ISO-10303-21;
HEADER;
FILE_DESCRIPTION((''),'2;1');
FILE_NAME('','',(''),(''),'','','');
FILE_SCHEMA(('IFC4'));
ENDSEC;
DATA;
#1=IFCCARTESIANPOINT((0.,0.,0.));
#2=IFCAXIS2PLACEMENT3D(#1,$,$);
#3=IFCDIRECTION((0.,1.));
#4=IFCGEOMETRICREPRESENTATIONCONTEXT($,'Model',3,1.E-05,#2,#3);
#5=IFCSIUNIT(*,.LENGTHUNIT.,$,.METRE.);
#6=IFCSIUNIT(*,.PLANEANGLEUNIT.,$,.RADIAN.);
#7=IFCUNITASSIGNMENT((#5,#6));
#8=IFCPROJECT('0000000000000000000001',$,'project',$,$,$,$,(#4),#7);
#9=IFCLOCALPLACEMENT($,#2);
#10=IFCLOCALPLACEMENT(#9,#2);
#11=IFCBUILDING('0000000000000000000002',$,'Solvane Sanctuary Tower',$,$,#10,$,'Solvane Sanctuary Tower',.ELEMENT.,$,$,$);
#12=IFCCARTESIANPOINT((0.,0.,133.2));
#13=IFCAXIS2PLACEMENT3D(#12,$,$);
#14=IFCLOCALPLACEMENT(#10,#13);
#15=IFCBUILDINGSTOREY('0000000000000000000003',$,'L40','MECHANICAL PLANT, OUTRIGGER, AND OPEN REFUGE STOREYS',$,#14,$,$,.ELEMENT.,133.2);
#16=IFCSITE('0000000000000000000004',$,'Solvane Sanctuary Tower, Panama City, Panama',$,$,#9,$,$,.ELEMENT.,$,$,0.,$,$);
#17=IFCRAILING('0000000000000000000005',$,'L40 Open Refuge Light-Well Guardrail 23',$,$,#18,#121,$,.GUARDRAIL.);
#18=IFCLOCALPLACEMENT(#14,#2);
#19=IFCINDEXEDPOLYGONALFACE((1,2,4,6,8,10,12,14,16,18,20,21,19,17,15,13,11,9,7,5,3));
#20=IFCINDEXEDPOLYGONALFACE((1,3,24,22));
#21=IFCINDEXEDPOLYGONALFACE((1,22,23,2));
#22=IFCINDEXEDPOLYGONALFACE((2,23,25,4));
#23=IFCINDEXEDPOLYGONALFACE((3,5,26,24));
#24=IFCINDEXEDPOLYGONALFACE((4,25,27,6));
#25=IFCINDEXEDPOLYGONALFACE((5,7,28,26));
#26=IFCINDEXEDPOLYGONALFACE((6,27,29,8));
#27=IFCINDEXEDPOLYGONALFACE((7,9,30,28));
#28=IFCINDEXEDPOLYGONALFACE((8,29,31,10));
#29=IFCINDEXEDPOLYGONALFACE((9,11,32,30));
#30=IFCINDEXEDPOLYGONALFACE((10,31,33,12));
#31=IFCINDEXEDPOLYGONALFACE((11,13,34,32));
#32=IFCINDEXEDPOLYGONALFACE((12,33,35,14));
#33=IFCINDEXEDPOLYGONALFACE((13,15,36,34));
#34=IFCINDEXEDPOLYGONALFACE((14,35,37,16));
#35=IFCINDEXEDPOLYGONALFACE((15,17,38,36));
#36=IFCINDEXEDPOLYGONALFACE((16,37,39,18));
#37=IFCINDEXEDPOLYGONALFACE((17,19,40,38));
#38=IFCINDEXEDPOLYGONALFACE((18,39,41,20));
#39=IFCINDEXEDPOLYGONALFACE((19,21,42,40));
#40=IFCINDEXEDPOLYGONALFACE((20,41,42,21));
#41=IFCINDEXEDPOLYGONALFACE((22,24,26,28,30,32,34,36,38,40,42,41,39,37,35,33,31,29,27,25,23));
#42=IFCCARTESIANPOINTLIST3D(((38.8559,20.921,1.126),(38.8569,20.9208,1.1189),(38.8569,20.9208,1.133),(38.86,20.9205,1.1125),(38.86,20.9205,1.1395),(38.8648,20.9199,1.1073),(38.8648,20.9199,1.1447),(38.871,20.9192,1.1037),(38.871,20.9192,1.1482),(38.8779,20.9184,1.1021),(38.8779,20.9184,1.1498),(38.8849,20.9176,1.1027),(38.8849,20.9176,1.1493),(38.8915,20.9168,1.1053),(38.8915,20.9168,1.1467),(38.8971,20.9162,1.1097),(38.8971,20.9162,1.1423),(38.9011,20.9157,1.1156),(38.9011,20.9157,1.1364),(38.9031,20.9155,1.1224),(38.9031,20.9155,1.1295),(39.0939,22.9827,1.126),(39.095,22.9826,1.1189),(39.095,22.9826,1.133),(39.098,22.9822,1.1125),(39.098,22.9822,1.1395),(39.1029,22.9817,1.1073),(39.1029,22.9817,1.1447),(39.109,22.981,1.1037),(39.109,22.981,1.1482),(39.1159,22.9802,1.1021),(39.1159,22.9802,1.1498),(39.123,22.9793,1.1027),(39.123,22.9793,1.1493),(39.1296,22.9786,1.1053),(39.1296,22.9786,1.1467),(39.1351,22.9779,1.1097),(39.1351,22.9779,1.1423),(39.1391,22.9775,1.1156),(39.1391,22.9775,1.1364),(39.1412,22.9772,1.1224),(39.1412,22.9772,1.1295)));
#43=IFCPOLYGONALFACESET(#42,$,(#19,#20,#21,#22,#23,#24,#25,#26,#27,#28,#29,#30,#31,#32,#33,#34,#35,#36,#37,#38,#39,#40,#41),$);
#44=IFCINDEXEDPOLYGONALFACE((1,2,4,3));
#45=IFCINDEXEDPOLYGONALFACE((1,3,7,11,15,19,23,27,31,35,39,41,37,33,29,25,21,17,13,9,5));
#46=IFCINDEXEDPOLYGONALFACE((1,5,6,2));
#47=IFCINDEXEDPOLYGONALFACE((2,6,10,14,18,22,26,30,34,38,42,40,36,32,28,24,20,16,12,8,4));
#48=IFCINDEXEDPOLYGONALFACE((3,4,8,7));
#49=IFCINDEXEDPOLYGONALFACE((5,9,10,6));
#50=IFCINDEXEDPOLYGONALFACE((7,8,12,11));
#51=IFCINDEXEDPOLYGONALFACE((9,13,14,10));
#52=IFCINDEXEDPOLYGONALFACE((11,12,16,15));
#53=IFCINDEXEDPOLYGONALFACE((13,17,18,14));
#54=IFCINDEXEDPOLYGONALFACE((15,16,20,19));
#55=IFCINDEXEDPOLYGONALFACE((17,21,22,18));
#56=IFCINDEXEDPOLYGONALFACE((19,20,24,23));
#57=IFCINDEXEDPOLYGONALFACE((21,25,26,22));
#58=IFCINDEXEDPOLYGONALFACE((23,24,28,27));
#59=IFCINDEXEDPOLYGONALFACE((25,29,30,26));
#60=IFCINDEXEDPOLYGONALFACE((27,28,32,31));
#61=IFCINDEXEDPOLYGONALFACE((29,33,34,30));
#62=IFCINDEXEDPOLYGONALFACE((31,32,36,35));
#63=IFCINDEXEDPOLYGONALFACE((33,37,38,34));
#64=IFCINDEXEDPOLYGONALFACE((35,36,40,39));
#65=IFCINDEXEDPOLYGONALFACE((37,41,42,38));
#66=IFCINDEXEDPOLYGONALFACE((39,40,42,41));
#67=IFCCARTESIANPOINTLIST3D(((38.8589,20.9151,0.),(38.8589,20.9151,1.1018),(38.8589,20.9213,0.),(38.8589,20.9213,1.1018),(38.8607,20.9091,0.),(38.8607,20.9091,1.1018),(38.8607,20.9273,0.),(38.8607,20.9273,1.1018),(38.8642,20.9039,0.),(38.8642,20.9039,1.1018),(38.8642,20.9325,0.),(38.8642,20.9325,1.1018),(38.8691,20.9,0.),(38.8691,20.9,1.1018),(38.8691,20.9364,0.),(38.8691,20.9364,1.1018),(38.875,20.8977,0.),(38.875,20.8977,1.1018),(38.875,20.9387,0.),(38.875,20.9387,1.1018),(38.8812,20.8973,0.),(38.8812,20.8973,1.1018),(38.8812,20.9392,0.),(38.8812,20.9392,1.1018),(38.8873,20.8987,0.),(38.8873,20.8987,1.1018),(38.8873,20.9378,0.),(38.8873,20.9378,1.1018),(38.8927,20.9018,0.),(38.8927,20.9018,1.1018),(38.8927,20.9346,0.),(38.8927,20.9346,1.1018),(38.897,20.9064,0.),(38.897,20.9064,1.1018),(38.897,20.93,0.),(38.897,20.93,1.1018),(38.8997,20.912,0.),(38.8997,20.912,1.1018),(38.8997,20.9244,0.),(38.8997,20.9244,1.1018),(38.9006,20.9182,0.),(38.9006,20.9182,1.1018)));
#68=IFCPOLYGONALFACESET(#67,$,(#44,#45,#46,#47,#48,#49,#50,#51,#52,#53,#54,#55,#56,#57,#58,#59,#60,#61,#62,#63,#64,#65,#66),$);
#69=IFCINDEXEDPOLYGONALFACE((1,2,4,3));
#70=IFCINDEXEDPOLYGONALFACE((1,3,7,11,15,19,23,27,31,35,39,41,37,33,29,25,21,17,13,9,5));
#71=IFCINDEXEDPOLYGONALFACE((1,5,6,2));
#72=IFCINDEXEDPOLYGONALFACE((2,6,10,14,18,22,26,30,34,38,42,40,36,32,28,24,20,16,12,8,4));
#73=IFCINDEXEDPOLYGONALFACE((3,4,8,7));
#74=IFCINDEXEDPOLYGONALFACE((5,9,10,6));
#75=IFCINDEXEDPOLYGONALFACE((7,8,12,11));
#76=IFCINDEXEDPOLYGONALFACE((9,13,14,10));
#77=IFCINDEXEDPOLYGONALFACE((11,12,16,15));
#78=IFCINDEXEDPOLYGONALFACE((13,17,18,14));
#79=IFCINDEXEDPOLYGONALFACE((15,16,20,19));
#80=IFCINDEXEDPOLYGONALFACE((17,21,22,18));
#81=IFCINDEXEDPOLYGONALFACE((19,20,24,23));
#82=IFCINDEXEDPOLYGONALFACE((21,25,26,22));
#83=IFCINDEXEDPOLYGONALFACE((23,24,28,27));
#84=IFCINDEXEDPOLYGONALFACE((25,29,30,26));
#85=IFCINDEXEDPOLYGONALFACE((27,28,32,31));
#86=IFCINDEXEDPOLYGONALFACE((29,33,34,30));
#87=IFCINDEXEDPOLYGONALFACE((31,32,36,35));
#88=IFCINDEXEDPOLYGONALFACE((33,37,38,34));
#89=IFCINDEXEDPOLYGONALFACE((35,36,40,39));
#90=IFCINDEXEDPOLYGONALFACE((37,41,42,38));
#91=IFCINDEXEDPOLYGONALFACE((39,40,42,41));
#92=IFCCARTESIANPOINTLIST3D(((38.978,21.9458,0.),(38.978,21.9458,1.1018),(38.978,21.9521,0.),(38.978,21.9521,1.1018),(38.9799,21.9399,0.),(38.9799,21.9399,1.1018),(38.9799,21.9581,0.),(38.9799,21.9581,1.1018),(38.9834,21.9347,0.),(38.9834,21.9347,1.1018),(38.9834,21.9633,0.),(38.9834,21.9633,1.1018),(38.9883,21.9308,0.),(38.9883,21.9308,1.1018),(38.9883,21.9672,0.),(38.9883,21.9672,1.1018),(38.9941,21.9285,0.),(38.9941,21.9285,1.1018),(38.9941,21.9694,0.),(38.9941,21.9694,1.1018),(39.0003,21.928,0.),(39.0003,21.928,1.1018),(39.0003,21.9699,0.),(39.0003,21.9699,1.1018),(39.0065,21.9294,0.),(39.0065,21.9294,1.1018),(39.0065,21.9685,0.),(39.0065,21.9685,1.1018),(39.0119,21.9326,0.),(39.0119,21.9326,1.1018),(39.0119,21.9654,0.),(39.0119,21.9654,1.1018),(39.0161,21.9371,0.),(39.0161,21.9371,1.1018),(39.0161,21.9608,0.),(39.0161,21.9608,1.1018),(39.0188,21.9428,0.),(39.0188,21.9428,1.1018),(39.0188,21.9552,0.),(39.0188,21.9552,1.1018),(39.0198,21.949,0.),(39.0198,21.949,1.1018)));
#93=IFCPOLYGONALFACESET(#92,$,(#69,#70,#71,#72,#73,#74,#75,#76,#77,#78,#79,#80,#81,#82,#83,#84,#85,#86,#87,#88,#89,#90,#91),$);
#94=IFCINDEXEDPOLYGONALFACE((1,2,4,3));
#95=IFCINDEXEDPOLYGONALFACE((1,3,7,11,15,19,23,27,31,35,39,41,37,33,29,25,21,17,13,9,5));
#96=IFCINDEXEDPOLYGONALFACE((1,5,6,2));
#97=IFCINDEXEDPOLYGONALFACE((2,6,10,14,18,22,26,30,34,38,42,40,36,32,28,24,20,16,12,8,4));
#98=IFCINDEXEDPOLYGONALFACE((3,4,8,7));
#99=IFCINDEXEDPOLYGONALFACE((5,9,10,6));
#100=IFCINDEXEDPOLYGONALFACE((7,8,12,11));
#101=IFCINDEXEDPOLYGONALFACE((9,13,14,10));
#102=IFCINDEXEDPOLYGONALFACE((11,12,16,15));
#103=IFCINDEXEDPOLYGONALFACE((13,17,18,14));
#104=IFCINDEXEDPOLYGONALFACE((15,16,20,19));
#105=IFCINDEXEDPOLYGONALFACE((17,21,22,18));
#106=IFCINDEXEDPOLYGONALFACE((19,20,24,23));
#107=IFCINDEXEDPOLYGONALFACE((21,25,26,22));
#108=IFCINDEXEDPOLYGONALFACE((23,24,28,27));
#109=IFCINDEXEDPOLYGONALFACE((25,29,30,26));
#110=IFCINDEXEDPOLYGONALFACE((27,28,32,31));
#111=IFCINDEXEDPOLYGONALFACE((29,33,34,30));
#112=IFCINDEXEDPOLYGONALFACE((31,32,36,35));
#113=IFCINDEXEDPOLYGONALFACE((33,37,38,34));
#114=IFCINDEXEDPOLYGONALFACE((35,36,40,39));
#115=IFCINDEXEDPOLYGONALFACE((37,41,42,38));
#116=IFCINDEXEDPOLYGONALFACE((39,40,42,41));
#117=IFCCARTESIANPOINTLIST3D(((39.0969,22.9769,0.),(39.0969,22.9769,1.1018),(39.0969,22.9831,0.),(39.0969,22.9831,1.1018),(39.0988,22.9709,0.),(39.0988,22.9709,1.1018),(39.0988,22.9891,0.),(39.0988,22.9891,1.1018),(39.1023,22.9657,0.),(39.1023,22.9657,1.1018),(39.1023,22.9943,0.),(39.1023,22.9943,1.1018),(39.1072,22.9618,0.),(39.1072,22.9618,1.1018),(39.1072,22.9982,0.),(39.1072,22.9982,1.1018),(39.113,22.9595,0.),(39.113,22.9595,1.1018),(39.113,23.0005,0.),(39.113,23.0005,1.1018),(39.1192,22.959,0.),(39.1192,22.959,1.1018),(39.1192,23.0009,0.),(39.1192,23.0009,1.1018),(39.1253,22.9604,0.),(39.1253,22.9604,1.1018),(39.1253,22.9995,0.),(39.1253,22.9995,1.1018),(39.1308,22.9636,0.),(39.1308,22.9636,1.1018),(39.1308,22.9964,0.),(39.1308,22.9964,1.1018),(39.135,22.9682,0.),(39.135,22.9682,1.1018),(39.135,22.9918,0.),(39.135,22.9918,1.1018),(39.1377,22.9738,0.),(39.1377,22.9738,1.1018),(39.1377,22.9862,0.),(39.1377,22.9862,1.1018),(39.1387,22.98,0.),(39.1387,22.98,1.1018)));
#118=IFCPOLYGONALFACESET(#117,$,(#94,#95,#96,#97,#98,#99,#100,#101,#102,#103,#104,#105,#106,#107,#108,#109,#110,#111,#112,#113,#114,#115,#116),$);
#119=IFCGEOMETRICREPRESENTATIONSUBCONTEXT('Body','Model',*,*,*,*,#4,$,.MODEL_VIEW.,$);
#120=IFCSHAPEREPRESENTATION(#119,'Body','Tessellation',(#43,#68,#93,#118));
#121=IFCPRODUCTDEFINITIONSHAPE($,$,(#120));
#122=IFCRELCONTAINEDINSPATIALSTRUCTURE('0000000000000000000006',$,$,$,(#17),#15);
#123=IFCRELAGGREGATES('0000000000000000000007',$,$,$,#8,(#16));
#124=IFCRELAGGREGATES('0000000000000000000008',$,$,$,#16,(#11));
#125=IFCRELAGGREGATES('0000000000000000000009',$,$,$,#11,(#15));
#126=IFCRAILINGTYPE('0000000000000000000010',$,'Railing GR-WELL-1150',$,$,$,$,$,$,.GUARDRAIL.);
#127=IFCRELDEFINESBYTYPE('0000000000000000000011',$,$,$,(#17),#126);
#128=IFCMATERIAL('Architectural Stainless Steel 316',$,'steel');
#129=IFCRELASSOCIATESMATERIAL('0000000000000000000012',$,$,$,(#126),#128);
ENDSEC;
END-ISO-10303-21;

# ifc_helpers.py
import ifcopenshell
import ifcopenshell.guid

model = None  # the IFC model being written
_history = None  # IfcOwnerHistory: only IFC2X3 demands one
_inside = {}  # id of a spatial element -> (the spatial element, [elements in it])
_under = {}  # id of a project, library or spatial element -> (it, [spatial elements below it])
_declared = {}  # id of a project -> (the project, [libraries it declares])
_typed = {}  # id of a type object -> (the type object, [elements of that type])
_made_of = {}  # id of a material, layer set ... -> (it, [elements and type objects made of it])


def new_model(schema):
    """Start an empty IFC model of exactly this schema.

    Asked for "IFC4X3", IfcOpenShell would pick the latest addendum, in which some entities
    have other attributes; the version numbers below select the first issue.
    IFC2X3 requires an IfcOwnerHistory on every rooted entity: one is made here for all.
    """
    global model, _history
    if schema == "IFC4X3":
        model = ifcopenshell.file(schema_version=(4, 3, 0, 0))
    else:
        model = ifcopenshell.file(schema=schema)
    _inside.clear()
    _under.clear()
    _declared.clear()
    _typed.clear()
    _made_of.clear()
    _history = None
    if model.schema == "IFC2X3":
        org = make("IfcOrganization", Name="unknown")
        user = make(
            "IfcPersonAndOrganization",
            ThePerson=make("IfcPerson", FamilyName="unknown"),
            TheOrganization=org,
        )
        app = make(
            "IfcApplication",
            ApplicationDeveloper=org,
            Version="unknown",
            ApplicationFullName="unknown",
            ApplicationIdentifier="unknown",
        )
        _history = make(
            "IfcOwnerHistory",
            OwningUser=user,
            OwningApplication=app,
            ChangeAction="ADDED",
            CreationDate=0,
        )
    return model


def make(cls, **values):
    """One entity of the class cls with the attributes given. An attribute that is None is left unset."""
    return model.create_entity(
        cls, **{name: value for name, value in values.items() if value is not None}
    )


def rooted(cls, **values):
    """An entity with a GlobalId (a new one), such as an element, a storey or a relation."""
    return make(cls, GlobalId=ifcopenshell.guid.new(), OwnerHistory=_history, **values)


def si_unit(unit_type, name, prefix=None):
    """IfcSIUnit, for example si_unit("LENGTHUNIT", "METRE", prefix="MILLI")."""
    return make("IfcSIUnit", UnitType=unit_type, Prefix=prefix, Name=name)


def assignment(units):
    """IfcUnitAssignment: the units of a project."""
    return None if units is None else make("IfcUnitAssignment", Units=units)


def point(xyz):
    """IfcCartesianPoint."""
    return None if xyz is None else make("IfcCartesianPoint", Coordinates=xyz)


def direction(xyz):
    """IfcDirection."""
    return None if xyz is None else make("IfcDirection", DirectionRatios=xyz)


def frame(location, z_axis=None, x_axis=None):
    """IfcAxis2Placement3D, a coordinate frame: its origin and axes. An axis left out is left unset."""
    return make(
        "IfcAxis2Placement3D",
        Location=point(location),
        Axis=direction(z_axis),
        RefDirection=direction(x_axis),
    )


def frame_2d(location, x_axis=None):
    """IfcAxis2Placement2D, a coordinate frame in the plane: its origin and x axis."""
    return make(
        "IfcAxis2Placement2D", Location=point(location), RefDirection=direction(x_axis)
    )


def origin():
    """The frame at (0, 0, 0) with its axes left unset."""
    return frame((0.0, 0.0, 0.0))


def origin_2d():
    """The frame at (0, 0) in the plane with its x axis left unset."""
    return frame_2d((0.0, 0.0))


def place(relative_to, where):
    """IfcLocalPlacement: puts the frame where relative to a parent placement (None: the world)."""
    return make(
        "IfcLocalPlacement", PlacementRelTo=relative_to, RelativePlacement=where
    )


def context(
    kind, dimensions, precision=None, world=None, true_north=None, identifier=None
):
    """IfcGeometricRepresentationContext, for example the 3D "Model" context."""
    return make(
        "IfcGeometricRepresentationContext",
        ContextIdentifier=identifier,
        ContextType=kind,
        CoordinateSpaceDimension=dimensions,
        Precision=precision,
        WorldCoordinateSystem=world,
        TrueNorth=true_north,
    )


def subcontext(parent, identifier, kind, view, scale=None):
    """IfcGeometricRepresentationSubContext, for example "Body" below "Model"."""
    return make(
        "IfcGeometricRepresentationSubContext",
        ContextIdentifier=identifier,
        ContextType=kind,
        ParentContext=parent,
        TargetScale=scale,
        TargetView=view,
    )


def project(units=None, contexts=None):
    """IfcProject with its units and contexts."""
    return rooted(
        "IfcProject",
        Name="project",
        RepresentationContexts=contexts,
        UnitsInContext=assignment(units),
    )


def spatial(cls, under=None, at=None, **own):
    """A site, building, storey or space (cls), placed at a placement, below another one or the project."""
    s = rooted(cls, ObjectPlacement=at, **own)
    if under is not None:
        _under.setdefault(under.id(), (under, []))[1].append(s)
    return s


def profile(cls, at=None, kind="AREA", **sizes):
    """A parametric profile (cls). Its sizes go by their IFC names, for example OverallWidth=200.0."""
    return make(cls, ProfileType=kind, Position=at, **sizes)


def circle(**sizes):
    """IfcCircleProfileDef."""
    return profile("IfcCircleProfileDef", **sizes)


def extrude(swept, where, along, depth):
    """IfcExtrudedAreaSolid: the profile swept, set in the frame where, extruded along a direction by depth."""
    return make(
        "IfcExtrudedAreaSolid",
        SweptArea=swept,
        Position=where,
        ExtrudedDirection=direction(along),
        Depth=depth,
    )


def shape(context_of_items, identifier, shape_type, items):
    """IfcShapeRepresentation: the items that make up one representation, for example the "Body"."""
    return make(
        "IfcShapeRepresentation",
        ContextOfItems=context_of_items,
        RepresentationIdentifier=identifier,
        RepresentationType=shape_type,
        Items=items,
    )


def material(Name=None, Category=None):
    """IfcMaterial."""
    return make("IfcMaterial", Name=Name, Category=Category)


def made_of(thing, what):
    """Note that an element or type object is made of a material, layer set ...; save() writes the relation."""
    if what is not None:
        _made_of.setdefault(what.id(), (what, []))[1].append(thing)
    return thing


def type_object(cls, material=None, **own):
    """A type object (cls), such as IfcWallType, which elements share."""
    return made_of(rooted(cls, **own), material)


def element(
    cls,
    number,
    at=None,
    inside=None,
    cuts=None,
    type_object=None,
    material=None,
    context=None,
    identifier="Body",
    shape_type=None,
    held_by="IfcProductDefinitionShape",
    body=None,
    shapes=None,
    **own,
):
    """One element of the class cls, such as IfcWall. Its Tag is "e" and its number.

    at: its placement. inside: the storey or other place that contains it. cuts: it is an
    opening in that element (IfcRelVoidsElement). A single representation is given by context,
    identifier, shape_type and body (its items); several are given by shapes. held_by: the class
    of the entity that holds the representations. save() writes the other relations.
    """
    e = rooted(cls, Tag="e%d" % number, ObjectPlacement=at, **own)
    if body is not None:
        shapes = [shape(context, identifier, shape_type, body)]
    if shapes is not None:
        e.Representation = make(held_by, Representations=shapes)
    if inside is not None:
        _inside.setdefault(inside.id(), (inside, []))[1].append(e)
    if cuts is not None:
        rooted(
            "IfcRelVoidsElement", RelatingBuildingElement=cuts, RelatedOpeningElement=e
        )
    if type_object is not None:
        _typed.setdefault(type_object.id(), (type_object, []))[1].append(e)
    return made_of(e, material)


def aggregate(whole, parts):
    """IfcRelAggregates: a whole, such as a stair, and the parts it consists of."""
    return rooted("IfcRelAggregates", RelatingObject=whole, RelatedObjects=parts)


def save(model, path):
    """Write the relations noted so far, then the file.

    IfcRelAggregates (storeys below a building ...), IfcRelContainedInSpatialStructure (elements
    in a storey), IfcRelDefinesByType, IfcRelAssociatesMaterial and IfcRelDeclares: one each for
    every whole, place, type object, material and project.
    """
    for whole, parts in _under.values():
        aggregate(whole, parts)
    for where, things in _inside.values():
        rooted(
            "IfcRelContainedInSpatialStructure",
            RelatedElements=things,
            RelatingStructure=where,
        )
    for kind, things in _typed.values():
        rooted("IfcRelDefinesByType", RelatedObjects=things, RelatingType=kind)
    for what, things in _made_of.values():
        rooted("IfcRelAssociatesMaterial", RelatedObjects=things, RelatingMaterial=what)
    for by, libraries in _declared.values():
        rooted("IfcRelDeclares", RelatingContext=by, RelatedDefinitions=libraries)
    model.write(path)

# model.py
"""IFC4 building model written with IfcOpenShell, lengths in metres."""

from ifc_helpers import new_model, si_unit, direction, frame, origin, origin_2d, place, context, subcontext, project, spatial, circle, extrude, material, type_object, element, save


model = new_model("IFC4")

# Units and contexts
model_context = context("Model", 3, precision=1e-05, world=origin(), true_north=direction((0.0, 1.0)))
body_context = subcontext(model_context, "Body", "Model", "MODEL_VIEW")
ifc_project = project(units=[si_unit("LENGTHUNIT", "METRE"), si_unit("PLANEANGLEUNIT", "RADIAN")], contexts=[model_context])

# Site, building, storey
site_placement = place(None, origin())
site = spatial("IfcSite", under=ifc_project, at=site_placement, Name="Solvane Sanctuary Tower, Panama City, Panama", CompositionType="ELEMENT", RefElevation=0.0)
building_placement = place(site_placement, origin())
building = spatial("IfcBuilding", under=site, at=building_placement, Name="Solvane Sanctuary Tower", LongName="Solvane Sanctuary Tower", CompositionType="ELEMENT")
storey_placement = place(building_placement, frame((0.0, 0.0, 133.2)))
storey = spatial("IfcBuildingStorey", under=building, at=storey_placement, Name="L40", Description="MECHANICAL PLANT, OUTRIGGER, AND OPEN REFUGE STOREYS", CompositionType="ELEMENT", Elevation=133.2)

# Shared definitions
ifc_material_1 = material(Name="Architectural Stainless Steel 316", Category="steel")

# Railing
railing_type_1 = type_object("IfcRailingType", Name="Railing GR-WELL-1150", PredefinedType="GUARDRAIL", material=ifc_material_1)
railing_1_placement = place(storey_placement, frame((38.8796, 20.9182, 0.0)))
element("IfcRailing", 1, at=railing_1_placement, inside=storey, type_object=railing_type_1, Name="L40 Open Refuge Light-Well Guardrail 23", PredefinedType="GUARDRAIL", context=body_context, shape_type="SweptSolid", body=[
    extrude(circle(Radius=0.0239, at=origin_2d()), frame((0.0, 0.0, 1.126), z_axis=(0.114691, 0.993401, 0.0), x_axis=(-0.993401, 0.114691, 0.0)), (0.0, 0.0, 1.0), 2.0754),
    extrude(circle(Radius=0.021, at=origin_2d()), origin(), (0.0, 0.0, 1.0), 1.1018),
    extrude(circle(Radius=0.021, at=origin_2d()), frame((0.1191, 1.0308, 0.0)), (0.0, 0.0, 1.0), 1.1018),
    extrude(circle(Radius=0.021, at=origin_2d()), frame((0.238, 2.0618, 0.0)), (0.0, 0.0, 1.0), 1.1018),
])

save(model, "model.ifc")
